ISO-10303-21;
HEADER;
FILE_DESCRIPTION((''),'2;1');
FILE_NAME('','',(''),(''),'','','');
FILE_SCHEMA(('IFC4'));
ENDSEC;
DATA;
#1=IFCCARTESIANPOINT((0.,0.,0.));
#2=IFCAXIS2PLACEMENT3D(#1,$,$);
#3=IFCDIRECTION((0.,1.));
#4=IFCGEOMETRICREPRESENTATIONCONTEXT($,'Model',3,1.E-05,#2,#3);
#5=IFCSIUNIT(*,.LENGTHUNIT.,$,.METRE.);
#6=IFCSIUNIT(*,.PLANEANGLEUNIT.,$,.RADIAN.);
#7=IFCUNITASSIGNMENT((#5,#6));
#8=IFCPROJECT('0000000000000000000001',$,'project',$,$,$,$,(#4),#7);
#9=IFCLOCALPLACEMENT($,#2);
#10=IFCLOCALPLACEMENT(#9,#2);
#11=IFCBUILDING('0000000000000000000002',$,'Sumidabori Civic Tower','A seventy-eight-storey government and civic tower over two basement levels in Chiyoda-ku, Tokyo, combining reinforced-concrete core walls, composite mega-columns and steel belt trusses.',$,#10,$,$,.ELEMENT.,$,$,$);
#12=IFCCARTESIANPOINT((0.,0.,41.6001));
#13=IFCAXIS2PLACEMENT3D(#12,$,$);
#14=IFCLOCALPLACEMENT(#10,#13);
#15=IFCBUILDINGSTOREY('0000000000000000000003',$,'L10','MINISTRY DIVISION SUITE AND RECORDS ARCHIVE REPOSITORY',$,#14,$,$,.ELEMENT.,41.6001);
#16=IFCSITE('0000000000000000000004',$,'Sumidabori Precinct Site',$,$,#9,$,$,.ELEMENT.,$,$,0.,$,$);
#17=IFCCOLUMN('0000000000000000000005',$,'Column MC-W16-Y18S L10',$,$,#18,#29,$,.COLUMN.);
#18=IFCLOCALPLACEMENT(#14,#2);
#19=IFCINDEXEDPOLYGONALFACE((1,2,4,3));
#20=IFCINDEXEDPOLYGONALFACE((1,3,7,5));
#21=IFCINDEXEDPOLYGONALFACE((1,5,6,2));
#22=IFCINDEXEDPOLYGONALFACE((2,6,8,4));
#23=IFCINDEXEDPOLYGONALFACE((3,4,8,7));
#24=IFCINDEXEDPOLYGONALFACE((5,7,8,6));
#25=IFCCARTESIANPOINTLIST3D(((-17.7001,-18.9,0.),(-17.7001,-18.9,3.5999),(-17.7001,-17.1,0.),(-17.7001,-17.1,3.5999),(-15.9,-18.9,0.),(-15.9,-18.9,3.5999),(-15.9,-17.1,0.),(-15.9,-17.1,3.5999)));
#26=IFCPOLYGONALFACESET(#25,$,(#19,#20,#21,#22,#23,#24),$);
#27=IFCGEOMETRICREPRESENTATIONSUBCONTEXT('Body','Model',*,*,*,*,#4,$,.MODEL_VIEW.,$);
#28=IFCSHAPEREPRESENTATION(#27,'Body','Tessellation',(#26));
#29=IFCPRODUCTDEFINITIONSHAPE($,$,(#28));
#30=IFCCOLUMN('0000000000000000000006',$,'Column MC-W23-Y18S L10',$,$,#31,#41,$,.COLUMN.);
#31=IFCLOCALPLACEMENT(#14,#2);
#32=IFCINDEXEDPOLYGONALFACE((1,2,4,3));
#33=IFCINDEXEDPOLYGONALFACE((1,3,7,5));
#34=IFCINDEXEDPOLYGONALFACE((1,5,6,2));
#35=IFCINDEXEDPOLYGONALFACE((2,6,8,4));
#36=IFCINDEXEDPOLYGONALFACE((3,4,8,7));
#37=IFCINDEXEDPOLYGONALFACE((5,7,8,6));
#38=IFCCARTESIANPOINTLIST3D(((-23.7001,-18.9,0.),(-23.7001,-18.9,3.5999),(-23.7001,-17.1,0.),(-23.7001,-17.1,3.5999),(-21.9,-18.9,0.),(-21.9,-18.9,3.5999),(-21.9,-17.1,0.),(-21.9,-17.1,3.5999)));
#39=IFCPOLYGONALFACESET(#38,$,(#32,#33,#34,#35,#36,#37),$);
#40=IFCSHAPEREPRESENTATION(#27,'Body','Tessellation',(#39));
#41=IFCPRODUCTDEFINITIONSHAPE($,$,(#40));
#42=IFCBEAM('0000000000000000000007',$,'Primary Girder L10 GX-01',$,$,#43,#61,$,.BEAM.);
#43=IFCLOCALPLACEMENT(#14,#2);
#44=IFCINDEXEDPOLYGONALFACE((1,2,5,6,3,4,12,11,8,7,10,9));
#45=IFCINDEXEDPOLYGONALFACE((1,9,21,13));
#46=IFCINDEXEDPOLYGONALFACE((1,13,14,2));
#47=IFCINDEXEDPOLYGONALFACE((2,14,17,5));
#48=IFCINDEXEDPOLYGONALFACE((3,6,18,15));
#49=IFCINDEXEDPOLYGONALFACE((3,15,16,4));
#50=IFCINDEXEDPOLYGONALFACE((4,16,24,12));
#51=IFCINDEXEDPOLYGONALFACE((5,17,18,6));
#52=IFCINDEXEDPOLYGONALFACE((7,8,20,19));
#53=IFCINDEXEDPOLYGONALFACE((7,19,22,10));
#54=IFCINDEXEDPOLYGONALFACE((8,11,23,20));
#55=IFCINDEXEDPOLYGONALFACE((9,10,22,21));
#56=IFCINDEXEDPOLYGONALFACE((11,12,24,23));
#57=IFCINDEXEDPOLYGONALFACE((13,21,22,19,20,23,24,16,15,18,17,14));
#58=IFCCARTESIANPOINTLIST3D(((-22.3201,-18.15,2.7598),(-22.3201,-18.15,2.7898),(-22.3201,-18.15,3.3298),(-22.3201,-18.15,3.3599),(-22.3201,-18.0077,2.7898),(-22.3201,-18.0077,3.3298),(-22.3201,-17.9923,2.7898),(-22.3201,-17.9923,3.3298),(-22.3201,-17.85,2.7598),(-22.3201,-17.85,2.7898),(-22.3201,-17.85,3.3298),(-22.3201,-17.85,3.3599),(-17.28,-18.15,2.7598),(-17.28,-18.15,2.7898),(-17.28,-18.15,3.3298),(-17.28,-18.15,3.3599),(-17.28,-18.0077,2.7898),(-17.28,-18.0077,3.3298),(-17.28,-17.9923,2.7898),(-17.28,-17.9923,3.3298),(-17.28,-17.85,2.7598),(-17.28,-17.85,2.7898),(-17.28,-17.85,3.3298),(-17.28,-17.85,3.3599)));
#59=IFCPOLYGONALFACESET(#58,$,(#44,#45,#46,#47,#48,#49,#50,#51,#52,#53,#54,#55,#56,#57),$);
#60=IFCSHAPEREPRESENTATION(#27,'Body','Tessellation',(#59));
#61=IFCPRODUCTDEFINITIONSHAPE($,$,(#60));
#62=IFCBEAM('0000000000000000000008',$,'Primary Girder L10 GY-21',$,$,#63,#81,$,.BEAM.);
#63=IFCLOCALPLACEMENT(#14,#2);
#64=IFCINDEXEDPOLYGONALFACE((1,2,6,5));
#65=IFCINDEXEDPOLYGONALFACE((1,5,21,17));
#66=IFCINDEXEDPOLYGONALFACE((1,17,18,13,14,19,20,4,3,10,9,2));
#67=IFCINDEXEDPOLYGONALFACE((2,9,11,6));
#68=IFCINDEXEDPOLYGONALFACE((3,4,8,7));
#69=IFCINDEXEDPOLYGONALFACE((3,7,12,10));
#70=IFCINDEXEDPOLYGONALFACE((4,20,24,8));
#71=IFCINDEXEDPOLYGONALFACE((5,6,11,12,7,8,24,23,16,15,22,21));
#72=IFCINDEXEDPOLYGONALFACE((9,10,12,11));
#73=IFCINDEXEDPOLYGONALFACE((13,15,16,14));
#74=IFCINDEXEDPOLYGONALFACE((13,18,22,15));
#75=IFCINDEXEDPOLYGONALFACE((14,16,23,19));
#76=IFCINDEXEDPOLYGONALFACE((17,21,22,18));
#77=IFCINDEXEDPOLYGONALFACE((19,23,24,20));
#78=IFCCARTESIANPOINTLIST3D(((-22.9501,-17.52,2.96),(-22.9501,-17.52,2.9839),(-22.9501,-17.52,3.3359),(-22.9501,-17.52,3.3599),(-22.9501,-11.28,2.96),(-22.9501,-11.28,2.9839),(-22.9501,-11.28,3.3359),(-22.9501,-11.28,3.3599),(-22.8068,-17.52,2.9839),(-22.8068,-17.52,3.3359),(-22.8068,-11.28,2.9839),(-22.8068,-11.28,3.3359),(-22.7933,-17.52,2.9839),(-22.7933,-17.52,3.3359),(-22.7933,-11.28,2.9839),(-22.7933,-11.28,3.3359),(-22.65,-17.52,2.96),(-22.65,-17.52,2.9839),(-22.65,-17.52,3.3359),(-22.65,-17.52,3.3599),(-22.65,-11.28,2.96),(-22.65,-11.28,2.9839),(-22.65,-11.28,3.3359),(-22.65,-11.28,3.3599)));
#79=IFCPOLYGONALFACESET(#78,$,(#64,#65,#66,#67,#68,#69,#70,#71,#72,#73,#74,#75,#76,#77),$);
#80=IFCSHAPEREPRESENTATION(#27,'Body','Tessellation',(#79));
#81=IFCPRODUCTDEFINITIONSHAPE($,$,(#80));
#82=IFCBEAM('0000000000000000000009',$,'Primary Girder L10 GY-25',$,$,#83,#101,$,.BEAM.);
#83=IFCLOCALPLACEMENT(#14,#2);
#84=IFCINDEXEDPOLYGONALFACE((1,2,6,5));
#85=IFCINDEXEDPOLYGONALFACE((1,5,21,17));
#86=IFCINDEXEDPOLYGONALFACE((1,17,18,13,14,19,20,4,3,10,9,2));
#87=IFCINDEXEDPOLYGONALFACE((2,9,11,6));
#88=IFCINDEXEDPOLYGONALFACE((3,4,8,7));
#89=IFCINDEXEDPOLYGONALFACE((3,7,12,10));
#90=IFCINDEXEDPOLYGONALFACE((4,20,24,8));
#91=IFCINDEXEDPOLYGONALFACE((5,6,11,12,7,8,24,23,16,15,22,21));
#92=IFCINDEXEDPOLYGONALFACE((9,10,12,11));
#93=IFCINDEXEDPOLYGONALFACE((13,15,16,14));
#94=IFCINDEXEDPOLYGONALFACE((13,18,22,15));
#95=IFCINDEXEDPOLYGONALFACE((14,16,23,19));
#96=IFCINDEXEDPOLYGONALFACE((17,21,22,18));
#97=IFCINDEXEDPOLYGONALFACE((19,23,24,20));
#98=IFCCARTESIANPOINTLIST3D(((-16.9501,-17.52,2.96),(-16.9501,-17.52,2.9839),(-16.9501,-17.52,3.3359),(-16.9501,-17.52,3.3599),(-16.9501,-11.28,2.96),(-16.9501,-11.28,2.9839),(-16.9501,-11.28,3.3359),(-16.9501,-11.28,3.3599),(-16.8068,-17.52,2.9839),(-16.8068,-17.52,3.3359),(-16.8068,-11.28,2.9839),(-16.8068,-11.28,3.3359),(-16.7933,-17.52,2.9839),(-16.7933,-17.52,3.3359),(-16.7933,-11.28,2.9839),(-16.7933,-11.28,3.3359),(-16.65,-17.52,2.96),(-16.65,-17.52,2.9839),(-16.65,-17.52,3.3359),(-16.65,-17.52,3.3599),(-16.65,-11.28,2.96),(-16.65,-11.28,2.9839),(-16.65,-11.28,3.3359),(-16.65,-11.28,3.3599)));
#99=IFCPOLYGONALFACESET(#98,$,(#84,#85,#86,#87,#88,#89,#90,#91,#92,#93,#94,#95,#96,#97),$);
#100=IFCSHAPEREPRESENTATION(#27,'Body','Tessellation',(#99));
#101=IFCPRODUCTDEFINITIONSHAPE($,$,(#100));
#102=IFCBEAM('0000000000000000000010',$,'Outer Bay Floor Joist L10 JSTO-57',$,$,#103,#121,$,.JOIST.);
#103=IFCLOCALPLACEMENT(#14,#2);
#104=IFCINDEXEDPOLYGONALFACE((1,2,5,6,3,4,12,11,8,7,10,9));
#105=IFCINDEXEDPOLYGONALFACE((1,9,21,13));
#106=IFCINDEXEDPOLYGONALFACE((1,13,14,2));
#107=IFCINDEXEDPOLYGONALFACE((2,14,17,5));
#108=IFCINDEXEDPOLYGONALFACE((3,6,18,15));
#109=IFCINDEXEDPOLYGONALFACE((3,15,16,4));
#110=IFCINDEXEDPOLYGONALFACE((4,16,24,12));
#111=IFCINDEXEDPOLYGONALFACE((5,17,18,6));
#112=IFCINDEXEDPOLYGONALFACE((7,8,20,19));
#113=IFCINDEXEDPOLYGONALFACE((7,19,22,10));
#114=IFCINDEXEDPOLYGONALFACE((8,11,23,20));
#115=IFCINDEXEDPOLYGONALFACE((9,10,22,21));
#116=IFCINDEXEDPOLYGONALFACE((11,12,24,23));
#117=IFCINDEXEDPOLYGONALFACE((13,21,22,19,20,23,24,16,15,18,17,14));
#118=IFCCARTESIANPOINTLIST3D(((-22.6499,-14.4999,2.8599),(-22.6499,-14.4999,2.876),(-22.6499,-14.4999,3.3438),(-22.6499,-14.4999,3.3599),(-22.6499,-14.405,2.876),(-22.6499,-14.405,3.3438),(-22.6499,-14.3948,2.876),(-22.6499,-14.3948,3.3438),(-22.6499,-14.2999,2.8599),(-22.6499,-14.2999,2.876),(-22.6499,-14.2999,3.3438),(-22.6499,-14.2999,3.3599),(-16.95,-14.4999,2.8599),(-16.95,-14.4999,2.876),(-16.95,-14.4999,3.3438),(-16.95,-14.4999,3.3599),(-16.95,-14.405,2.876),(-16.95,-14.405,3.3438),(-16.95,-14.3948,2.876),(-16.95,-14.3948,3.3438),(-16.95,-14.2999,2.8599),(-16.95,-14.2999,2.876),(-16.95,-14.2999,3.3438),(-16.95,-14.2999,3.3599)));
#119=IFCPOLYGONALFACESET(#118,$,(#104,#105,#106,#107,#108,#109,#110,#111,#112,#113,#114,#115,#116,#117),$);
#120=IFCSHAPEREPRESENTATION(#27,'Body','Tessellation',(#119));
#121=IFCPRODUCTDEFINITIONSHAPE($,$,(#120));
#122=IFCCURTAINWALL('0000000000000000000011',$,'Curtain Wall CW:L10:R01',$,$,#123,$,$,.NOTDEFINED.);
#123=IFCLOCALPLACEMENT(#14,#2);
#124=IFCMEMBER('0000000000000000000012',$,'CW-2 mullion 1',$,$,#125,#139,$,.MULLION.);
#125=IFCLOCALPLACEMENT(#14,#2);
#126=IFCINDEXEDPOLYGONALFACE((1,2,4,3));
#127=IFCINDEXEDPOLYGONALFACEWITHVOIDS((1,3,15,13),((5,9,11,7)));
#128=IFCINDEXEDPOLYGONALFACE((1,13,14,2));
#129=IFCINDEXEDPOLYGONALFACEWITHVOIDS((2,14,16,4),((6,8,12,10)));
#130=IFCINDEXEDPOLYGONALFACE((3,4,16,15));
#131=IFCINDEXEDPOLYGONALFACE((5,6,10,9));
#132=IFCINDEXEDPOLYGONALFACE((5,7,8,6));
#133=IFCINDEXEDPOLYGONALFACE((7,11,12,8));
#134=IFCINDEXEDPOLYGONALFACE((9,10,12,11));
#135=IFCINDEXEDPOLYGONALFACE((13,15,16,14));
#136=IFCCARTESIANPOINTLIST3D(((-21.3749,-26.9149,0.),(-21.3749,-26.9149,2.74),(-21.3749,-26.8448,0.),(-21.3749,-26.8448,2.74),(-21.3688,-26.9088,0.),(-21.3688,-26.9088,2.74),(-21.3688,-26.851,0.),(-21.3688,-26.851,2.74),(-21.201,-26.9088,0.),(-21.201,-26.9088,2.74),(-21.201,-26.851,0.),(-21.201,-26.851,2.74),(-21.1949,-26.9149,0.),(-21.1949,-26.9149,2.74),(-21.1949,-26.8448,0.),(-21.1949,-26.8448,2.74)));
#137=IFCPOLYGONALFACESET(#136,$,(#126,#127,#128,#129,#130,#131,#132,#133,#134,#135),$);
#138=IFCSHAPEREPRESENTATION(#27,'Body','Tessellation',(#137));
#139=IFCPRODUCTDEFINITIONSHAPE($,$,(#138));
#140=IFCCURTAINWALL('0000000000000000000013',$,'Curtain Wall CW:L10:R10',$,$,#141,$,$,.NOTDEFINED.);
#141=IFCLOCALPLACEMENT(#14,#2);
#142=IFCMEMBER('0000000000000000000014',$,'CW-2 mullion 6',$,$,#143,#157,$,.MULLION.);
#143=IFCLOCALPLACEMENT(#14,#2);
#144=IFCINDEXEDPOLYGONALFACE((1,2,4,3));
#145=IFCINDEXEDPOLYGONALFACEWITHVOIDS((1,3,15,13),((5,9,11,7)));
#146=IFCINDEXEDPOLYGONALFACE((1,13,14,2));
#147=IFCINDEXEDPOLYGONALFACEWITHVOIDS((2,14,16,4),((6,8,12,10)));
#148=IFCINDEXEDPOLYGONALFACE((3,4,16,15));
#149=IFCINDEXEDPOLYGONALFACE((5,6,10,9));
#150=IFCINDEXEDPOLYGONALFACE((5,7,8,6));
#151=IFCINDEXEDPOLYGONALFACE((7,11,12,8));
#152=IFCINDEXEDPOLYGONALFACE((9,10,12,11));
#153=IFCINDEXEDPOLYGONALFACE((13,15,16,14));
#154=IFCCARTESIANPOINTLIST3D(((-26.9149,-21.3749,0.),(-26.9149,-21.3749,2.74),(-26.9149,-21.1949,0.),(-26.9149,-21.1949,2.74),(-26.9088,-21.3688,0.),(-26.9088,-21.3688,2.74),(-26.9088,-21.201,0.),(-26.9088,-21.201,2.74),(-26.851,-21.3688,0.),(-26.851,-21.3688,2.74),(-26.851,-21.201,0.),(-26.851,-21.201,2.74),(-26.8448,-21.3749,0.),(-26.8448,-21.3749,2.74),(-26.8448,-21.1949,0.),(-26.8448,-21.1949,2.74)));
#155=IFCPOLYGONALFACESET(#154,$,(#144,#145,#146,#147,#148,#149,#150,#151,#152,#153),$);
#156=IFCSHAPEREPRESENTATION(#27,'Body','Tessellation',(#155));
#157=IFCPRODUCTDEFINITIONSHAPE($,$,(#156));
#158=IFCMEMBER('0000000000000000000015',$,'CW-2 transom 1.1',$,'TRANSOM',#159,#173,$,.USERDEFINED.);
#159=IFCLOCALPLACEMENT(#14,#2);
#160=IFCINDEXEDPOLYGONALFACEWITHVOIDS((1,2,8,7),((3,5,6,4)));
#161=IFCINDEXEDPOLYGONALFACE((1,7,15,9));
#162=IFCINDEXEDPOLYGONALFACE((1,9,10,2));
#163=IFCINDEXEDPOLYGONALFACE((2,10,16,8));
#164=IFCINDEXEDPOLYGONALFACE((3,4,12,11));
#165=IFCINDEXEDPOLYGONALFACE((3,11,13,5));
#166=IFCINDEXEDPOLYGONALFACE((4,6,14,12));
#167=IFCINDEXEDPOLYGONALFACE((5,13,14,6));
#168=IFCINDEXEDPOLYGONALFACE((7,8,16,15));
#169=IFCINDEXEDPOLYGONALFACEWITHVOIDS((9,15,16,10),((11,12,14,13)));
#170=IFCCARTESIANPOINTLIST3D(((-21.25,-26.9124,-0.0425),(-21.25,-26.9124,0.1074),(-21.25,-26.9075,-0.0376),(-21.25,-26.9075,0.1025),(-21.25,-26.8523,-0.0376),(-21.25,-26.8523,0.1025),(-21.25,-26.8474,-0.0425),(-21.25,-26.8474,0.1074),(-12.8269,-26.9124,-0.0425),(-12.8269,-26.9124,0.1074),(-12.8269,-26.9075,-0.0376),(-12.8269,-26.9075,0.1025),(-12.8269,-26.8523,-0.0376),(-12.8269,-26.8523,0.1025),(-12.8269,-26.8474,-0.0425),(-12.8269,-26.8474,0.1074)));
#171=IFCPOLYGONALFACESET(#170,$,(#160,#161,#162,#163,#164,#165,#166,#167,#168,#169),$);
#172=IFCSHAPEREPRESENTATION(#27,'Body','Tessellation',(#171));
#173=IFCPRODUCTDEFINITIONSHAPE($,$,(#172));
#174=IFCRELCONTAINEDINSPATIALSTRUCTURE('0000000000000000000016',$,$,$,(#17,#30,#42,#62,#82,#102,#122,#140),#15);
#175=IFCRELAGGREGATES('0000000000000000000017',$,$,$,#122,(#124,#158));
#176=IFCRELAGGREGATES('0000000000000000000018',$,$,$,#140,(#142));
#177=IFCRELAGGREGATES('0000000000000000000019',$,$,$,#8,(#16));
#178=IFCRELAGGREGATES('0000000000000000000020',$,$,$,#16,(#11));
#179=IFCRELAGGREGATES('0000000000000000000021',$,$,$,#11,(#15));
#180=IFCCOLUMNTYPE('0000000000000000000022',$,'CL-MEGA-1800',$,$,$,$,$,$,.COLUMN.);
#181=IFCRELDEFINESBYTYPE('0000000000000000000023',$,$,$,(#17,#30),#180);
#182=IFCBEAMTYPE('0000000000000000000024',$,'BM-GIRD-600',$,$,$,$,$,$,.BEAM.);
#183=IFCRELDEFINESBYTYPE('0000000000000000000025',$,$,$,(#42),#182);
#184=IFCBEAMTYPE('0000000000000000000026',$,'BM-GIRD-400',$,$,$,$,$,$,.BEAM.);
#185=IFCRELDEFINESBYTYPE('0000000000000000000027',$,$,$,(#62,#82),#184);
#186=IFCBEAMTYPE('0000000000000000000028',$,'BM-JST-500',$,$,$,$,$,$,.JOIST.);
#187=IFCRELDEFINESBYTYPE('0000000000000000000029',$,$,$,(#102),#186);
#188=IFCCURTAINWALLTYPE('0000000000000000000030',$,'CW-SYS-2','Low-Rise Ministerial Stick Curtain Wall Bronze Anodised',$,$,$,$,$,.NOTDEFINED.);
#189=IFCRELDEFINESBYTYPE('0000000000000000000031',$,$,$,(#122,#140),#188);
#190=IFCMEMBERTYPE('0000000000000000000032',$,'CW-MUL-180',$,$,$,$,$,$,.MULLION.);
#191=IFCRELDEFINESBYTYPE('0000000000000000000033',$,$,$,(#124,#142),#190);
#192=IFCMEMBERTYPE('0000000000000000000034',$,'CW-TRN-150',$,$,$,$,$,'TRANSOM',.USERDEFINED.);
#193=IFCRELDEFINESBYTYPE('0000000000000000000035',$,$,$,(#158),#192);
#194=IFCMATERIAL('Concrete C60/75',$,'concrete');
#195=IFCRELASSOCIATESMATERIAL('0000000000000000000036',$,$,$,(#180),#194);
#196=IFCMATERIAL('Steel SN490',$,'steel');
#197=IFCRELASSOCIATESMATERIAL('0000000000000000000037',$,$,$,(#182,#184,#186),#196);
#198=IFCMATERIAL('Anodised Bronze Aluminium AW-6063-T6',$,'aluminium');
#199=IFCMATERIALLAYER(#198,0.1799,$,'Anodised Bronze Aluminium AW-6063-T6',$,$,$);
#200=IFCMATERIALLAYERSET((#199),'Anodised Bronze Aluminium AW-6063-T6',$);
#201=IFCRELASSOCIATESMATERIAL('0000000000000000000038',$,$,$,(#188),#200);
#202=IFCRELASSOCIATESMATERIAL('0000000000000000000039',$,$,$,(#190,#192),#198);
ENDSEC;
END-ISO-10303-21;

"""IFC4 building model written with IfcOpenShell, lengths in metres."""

from ifc_helpers import new_model, si_unit, direction, frame, origin, origin_2d, place, context, subcontext, project, spatial, rectangle, hollow_rectangle, i_section, extrude, source, transform, mapped, material, layer, layer_set, material_profile, profile_set, type_object, element, aggregate, save


model = new_model("IFC4")

# Units and contexts
model_context = context("Model", 3, precision=1e-05, world=origin(), true_north=direction((0.0, 1.0)))
body_context = subcontext(model_context, "Body", "Model", "MODEL_VIEW")
ifc_project = project(units=[si_unit("LENGTHUNIT", "METRE"), si_unit("PLANEANGLEUNIT", "RADIAN")], contexts=[model_context])

# Site, building, storey
site_placement = place(None, origin())
site = spatial("IfcSite", under=ifc_project, at=site_placement, Name="Sumidabori Precinct Site", CompositionType="ELEMENT", RefElevation=0.0)
building_placement = place(site_placement, origin())
building = spatial("IfcBuilding", under=site, at=building_placement, Name="Sumidabori Civic Tower", Description="A seventy-eight-storey government and civic tower over two basement levels in Chiyoda-ku, Tokyo, combining reinforced-concrete core walls, composite mega-columns and steel belt trusses.", CompositionType="ELEMENT")
storey_placement = place(building_placement, frame((0.0, 0.0, 41.6001)))
storey = spatial("IfcBuildingStorey", under=building, at=storey_placement, Name="L10", Description="MINISTRY DIVISION SUITE AND RECORDS ARCHIVE REPOSITORY", CompositionType="ELEMENT", Elevation=41.6001)

# Columns
ifc_material_1 = material(Name="Concrete C60/75", Category="concrete")
ifc_material_profile_1 = material_profile(ifc_material_1, rectangle(XDim=1.8, YDim=1.8, at=origin_2d()), Name="RC 1800x1800")
ifc_profile_set_1 = profile_set([ifc_material_profile_1], Name="Concrete C60/75")
column_type = type_object("IfcColumnType", Name="CL-MEGA-1800", PredefinedType="COLUMN", material=ifc_profile_set_1)
shared_shape_1 = source(origin(), body_context, "Body", "SweptSolid", [
    extrude(rectangle(XDim=1.8, YDim=1.8, at=origin_2d()), origin(), (0.0, 0.0, 1.0), 3.5999),
])
for number, where, z_axis, x_axis, name in (
    (1, (-16.8, -18.0, 0.0), (0.0, 0.0, 1.0), (1.0, 0.0, 0.0), "Column MC-W16-Y18S L10"),
    (2, (-22.8, -18.0, 0.0), (0.0, 0.0, 1.0), (1.0, 0.0, 0.0), "Column MC-W23-Y18S L10"),
):
    element("IfcColumn", number, at=place(storey_placement, frame(where, z_axis=z_axis, x_axis=x_axis)), inside=storey, type_object=column_type, Name=name, PredefinedType="COLUMN", context=body_context, shape_type="MappedRepresentation", body=[
        mapped(shared_shape_1, transform((0.0, 0.0, 0.0), x_axis=(1.0, 0.0, 0.0), y_axis=(0.0, 1.0, 0.0), z_axis=(0.0, 0.0, 1.0), scale=1.0)),
    ])

# Beams
ifc_material_2 = material(Name="Steel SN490", Category="steel")
ifc_material_profile_2 = material_profile(ifc_material_2, i_section(OverallWidth=0.3, OverallDepth=0.6001, WebThickness=0.0154, FlangeThickness=0.03, at=origin_2d()), Name="HE 600 B")
ifc_profile_set_2 = profile_set([ifc_material_profile_2], Name="Steel SN490")
beam_type_1 = type_object("IfcBeamType", Name="BM-GIRD-600", PredefinedType="BEAM", material=ifc_profile_set_2)
shared_shape_2 = source(origin(), body_context, "Body", "SweptSolid", [
    extrude(i_section(OverallWidth=0.3, OverallDepth=0.6001, WebThickness=0.0154, FlangeThickness=0.03, at=origin_2d()), origin(), (0.0, 0.0, 1.0), 5.04),
])
beam_1_placement = place(storey_placement, frame((-22.3201, -18.0, 3.0598), z_axis=(1.0, 0.0, 0.0), x_axis=(0.0, 1.0, 0.0)))
element("IfcBeam", 3, at=beam_1_placement, inside=storey, type_object=beam_type_1, Name="Primary Girder L10 GX-01", PredefinedType="BEAM", context=body_context, shape_type="MappedRepresentation", body=[
    mapped(shared_shape_2, transform((0.0, 0.0, 0.0), x_axis=(1.0, 0.0, 0.0), y_axis=(0.0, 1.0, 0.0), z_axis=(0.0, 0.0, 1.0), scale=1.0)),
])
ifc_material_profile_3 = material_profile(ifc_material_2, i_section(OverallWidth=0.3, OverallDepth=0.3999, WebThickness=0.0134, FlangeThickness=0.0239, at=origin_2d()), Name="HE 400 B")
ifc_profile_set_3 = profile_set([ifc_material_profile_3], Name="Steel SN490")
beam_type_2 = type_object("IfcBeamType", Name="BM-GIRD-400", PredefinedType="BEAM", material=ifc_profile_set_3)
shared_shape_3 = source(origin(), body_context, "Body", "SweptSolid", [
    extrude(i_section(OverallWidth=0.3, OverallDepth=0.3999, WebThickness=0.0134, FlangeThickness=0.0239, at=origin_2d()), origin(), (0.0, 0.0, 1.0), 6.24),
])
for number, where, z_axis, x_axis, name in (
    (4, (-22.8, -17.52, 3.1599), (0.0, 1.0, 0.0), (-1.0, 0.0, 0.0), "Primary Girder L10 GY-21"),
    (5, (-16.8, -17.52, 3.1599), (0.0, 1.0, 0.0), (-1.0, 0.0, 0.0), "Primary Girder L10 GY-25"),
):
    element("IfcBeam", number, at=place(storey_placement, frame(where, z_axis=z_axis, x_axis=x_axis)), inside=storey, type_object=beam_type_2, Name=name, PredefinedType="BEAM", context=body_context, shape_type="MappedRepresentation", body=[
        mapped(shared_shape_3, transform((0.0, 0.0, 0.0), x_axis=(1.0, 0.0, 0.0), y_axis=(0.0, 1.0, 0.0), z_axis=(0.0, 0.0, 1.0), scale=1.0)),
    ])
ifc_material_profile_4 = material_profile(ifc_material_2, i_section(OverallWidth=0.2, OverallDepth=0.5, WebThickness=0.0103, FlangeThickness=0.0161, at=origin_2d()), Name="IPE 500")
ifc_profile_set_4 = profile_set([ifc_material_profile_4], Name="Steel SN490")
beam_type_3 = type_object("IfcBeamType", Name="BM-JST-500", PredefinedType="JOIST", material=ifc_profile_set_4)
shared_shape_4 = source(origin(), body_context, "Body", "SweptSolid", [
    extrude(i_section(OverallWidth=0.2, OverallDepth=0.5, WebThickness=0.0103, FlangeThickness=0.0161, at=origin_2d()), origin(), (0.0, 0.0, 1.0), 5.7),
])
beam_2_placement = place(storey_placement, frame((-22.6499, -14.3999, 3.1099), z_axis=(1.0, 0.0, 0.0), x_axis=(0.0, 1.0, 0.0)))
element("IfcBeam", 6, at=beam_2_placement, inside=storey, type_object=beam_type_3, Name="Outer Bay Floor Joist L10 JSTO-57", PredefinedType="JOIST", context=body_context, shape_type="MappedRepresentation", body=[
    mapped(shared_shape_4, transform((0.0, 0.0, 0.0), x_axis=(1.0, 0.0, 0.0), y_axis=(0.0, 1.0, 0.0), z_axis=(0.0, 0.0, 1.0), scale=1.0)),
])

# Curtain walls, members
ifc_material_3 = material(Name="Anodised Bronze Aluminium AW-6063-T6", Category="aluminium")
ifc_layer_1 = layer(ifc_material_3, 0.1799, Name="Anodised Bronze Aluminium AW-6063-T6")
ifc_layer_set_1 = layer_set([ifc_layer_1], Name="Anodised Bronze Aluminium AW-6063-T6")
curtain_wall_type = type_object("IfcCurtainWallType", Name="CW-SYS-2", Description="Low-Rise Ministerial Stick Curtain Wall Bronze Anodised", PredefinedType="NOTDEFINED", material=ifc_layer_set_1)
curtain_wall_1_placement = place(storey_placement, origin())
curtain_wall_1 = element("IfcCurtainWall", 7, at=curtain_wall_1_placement, inside=storey, type_object=curtain_wall_type, Name="Curtain Wall CW:L10:R01", PredefinedType="NOTDEFINED")
ifc_material_profile_5 = material_profile(ifc_material_3, hollow_rectangle(XDim=0.0701, YDim=0.1799, WallThickness=0.0061, at=origin_2d()), Name="ALU MULLION 180x70")
ifc_profile_set_5 = profile_set([ifc_material_profile_5], Name="Anodised Bronze Aluminium AW-6063-T6")
member_type_1 = type_object("IfcMemberType", Name="CW-MUL-180", PredefinedType="MULLION", material=ifc_profile_set_5)
shared_shape_5 = source(origin(), body_context, "Body", "SweptSolid", [
    extrude(hollow_rectangle(XDim=0.0701, YDim=0.1799, WallThickness=0.0061, at=origin_2d()), origin(), (0.0, 0.0, 1.0), 2.74),
])
member_1_placement = place(storey_placement, frame((-21.2849, -26.8799, 0.0), z_axis=(0.0, 0.0, 1.0), x_axis=(0.0, 1.0, 0.0)))
member_1 = element("IfcMember", 8, at=member_1_placement, type_object=member_type_1, Name="CW-2 mullion 1", PredefinedType="MULLION", context=body_context, shape_type="MappedRepresentation", body=[
    mapped(shared_shape_5, transform((0.0, 0.0, 0.0), x_axis=(1.0, 0.0, 0.0), y_axis=(0.0, 1.0, 0.0), z_axis=(0.0, 0.0, 1.0), scale=1.0)),
])
curtain_wall_2_placement = place(storey_placement, origin())
curtain_wall_2 = element("IfcCurtainWall", 9, at=curtain_wall_2_placement, inside=storey, type_object=curtain_wall_type, Name="Curtain Wall CW:L10:R10", PredefinedType="NOTDEFINED")
member_2_placement = place(storey_placement, frame((-26.8799, -21.2849, 0.0), z_axis=(0.0, 0.0, 1.0), x_axis=(1.0, 0.0, 0.0)))
member_2 = element("IfcMember", 10, at=member_2_placement, type_object=member_type_1, Name="CW-2 mullion 6", PredefinedType="MULLION", context=body_context, shape_type="MappedRepresentation", body=[
    mapped(shared_shape_5, transform((0.0, 0.0, 0.0), x_axis=(1.0, 0.0, 0.0), y_axis=(0.0, 1.0, 0.0), z_axis=(0.0, 0.0, 1.0), scale=1.0)),
])

# Member
ifc_material_profile_6 = material_profile(ifc_material_3, hollow_rectangle(XDim=0.0649, YDim=0.1499, WallThickness=0.0049, at=origin_2d()), Name="ALU TRANSOM 150x65")
ifc_profile_set_6 = profile_set([ifc_material_profile_6], Name="Anodised Bronze Aluminium AW-6063-T6")
member_type_2 = type_object("IfcMemberType", Name="CW-TRN-150", ElementType="TRANSOM", PredefinedType="USERDEFINED", material=ifc_profile_set_6)
shared_shape_6 = source(origin(), body_context, "Body", "SweptSolid", [
    extrude(hollow_rectangle(XDim=0.0649, YDim=0.1499, WallThickness=0.0049, at=origin_2d()), origin(), (0.0, 0.0, 1.0), 8.4231),
])
member_3_placement = place(storey_placement, frame((-21.25, -26.8799, 0.0325), z_axis=(1.0, 0.0, 0.0), x_axis=(0.0, 1.0, 0.0)))
member_3 = element("IfcMember", 11, at=member_3_placement, type_object=member_type_2, Name="CW-2 transom 1.1", ObjectType="TRANSOM", PredefinedType="USERDEFINED", context=body_context, shape_type="MappedRepresentation", body=[
    mapped(shared_shape_6, transform((0.0, 0.0, 0.0), x_axis=(1.0, 0.0, 0.0), y_axis=(0.0, 1.0, 0.0), z_axis=(0.0, 0.0, 1.0), scale=1.0)),
])

aggregate(curtain_wall_1, [member_1, member_3])
aggregate(curtain_wall_2, [member_2])

save(model, "model.ifc")
